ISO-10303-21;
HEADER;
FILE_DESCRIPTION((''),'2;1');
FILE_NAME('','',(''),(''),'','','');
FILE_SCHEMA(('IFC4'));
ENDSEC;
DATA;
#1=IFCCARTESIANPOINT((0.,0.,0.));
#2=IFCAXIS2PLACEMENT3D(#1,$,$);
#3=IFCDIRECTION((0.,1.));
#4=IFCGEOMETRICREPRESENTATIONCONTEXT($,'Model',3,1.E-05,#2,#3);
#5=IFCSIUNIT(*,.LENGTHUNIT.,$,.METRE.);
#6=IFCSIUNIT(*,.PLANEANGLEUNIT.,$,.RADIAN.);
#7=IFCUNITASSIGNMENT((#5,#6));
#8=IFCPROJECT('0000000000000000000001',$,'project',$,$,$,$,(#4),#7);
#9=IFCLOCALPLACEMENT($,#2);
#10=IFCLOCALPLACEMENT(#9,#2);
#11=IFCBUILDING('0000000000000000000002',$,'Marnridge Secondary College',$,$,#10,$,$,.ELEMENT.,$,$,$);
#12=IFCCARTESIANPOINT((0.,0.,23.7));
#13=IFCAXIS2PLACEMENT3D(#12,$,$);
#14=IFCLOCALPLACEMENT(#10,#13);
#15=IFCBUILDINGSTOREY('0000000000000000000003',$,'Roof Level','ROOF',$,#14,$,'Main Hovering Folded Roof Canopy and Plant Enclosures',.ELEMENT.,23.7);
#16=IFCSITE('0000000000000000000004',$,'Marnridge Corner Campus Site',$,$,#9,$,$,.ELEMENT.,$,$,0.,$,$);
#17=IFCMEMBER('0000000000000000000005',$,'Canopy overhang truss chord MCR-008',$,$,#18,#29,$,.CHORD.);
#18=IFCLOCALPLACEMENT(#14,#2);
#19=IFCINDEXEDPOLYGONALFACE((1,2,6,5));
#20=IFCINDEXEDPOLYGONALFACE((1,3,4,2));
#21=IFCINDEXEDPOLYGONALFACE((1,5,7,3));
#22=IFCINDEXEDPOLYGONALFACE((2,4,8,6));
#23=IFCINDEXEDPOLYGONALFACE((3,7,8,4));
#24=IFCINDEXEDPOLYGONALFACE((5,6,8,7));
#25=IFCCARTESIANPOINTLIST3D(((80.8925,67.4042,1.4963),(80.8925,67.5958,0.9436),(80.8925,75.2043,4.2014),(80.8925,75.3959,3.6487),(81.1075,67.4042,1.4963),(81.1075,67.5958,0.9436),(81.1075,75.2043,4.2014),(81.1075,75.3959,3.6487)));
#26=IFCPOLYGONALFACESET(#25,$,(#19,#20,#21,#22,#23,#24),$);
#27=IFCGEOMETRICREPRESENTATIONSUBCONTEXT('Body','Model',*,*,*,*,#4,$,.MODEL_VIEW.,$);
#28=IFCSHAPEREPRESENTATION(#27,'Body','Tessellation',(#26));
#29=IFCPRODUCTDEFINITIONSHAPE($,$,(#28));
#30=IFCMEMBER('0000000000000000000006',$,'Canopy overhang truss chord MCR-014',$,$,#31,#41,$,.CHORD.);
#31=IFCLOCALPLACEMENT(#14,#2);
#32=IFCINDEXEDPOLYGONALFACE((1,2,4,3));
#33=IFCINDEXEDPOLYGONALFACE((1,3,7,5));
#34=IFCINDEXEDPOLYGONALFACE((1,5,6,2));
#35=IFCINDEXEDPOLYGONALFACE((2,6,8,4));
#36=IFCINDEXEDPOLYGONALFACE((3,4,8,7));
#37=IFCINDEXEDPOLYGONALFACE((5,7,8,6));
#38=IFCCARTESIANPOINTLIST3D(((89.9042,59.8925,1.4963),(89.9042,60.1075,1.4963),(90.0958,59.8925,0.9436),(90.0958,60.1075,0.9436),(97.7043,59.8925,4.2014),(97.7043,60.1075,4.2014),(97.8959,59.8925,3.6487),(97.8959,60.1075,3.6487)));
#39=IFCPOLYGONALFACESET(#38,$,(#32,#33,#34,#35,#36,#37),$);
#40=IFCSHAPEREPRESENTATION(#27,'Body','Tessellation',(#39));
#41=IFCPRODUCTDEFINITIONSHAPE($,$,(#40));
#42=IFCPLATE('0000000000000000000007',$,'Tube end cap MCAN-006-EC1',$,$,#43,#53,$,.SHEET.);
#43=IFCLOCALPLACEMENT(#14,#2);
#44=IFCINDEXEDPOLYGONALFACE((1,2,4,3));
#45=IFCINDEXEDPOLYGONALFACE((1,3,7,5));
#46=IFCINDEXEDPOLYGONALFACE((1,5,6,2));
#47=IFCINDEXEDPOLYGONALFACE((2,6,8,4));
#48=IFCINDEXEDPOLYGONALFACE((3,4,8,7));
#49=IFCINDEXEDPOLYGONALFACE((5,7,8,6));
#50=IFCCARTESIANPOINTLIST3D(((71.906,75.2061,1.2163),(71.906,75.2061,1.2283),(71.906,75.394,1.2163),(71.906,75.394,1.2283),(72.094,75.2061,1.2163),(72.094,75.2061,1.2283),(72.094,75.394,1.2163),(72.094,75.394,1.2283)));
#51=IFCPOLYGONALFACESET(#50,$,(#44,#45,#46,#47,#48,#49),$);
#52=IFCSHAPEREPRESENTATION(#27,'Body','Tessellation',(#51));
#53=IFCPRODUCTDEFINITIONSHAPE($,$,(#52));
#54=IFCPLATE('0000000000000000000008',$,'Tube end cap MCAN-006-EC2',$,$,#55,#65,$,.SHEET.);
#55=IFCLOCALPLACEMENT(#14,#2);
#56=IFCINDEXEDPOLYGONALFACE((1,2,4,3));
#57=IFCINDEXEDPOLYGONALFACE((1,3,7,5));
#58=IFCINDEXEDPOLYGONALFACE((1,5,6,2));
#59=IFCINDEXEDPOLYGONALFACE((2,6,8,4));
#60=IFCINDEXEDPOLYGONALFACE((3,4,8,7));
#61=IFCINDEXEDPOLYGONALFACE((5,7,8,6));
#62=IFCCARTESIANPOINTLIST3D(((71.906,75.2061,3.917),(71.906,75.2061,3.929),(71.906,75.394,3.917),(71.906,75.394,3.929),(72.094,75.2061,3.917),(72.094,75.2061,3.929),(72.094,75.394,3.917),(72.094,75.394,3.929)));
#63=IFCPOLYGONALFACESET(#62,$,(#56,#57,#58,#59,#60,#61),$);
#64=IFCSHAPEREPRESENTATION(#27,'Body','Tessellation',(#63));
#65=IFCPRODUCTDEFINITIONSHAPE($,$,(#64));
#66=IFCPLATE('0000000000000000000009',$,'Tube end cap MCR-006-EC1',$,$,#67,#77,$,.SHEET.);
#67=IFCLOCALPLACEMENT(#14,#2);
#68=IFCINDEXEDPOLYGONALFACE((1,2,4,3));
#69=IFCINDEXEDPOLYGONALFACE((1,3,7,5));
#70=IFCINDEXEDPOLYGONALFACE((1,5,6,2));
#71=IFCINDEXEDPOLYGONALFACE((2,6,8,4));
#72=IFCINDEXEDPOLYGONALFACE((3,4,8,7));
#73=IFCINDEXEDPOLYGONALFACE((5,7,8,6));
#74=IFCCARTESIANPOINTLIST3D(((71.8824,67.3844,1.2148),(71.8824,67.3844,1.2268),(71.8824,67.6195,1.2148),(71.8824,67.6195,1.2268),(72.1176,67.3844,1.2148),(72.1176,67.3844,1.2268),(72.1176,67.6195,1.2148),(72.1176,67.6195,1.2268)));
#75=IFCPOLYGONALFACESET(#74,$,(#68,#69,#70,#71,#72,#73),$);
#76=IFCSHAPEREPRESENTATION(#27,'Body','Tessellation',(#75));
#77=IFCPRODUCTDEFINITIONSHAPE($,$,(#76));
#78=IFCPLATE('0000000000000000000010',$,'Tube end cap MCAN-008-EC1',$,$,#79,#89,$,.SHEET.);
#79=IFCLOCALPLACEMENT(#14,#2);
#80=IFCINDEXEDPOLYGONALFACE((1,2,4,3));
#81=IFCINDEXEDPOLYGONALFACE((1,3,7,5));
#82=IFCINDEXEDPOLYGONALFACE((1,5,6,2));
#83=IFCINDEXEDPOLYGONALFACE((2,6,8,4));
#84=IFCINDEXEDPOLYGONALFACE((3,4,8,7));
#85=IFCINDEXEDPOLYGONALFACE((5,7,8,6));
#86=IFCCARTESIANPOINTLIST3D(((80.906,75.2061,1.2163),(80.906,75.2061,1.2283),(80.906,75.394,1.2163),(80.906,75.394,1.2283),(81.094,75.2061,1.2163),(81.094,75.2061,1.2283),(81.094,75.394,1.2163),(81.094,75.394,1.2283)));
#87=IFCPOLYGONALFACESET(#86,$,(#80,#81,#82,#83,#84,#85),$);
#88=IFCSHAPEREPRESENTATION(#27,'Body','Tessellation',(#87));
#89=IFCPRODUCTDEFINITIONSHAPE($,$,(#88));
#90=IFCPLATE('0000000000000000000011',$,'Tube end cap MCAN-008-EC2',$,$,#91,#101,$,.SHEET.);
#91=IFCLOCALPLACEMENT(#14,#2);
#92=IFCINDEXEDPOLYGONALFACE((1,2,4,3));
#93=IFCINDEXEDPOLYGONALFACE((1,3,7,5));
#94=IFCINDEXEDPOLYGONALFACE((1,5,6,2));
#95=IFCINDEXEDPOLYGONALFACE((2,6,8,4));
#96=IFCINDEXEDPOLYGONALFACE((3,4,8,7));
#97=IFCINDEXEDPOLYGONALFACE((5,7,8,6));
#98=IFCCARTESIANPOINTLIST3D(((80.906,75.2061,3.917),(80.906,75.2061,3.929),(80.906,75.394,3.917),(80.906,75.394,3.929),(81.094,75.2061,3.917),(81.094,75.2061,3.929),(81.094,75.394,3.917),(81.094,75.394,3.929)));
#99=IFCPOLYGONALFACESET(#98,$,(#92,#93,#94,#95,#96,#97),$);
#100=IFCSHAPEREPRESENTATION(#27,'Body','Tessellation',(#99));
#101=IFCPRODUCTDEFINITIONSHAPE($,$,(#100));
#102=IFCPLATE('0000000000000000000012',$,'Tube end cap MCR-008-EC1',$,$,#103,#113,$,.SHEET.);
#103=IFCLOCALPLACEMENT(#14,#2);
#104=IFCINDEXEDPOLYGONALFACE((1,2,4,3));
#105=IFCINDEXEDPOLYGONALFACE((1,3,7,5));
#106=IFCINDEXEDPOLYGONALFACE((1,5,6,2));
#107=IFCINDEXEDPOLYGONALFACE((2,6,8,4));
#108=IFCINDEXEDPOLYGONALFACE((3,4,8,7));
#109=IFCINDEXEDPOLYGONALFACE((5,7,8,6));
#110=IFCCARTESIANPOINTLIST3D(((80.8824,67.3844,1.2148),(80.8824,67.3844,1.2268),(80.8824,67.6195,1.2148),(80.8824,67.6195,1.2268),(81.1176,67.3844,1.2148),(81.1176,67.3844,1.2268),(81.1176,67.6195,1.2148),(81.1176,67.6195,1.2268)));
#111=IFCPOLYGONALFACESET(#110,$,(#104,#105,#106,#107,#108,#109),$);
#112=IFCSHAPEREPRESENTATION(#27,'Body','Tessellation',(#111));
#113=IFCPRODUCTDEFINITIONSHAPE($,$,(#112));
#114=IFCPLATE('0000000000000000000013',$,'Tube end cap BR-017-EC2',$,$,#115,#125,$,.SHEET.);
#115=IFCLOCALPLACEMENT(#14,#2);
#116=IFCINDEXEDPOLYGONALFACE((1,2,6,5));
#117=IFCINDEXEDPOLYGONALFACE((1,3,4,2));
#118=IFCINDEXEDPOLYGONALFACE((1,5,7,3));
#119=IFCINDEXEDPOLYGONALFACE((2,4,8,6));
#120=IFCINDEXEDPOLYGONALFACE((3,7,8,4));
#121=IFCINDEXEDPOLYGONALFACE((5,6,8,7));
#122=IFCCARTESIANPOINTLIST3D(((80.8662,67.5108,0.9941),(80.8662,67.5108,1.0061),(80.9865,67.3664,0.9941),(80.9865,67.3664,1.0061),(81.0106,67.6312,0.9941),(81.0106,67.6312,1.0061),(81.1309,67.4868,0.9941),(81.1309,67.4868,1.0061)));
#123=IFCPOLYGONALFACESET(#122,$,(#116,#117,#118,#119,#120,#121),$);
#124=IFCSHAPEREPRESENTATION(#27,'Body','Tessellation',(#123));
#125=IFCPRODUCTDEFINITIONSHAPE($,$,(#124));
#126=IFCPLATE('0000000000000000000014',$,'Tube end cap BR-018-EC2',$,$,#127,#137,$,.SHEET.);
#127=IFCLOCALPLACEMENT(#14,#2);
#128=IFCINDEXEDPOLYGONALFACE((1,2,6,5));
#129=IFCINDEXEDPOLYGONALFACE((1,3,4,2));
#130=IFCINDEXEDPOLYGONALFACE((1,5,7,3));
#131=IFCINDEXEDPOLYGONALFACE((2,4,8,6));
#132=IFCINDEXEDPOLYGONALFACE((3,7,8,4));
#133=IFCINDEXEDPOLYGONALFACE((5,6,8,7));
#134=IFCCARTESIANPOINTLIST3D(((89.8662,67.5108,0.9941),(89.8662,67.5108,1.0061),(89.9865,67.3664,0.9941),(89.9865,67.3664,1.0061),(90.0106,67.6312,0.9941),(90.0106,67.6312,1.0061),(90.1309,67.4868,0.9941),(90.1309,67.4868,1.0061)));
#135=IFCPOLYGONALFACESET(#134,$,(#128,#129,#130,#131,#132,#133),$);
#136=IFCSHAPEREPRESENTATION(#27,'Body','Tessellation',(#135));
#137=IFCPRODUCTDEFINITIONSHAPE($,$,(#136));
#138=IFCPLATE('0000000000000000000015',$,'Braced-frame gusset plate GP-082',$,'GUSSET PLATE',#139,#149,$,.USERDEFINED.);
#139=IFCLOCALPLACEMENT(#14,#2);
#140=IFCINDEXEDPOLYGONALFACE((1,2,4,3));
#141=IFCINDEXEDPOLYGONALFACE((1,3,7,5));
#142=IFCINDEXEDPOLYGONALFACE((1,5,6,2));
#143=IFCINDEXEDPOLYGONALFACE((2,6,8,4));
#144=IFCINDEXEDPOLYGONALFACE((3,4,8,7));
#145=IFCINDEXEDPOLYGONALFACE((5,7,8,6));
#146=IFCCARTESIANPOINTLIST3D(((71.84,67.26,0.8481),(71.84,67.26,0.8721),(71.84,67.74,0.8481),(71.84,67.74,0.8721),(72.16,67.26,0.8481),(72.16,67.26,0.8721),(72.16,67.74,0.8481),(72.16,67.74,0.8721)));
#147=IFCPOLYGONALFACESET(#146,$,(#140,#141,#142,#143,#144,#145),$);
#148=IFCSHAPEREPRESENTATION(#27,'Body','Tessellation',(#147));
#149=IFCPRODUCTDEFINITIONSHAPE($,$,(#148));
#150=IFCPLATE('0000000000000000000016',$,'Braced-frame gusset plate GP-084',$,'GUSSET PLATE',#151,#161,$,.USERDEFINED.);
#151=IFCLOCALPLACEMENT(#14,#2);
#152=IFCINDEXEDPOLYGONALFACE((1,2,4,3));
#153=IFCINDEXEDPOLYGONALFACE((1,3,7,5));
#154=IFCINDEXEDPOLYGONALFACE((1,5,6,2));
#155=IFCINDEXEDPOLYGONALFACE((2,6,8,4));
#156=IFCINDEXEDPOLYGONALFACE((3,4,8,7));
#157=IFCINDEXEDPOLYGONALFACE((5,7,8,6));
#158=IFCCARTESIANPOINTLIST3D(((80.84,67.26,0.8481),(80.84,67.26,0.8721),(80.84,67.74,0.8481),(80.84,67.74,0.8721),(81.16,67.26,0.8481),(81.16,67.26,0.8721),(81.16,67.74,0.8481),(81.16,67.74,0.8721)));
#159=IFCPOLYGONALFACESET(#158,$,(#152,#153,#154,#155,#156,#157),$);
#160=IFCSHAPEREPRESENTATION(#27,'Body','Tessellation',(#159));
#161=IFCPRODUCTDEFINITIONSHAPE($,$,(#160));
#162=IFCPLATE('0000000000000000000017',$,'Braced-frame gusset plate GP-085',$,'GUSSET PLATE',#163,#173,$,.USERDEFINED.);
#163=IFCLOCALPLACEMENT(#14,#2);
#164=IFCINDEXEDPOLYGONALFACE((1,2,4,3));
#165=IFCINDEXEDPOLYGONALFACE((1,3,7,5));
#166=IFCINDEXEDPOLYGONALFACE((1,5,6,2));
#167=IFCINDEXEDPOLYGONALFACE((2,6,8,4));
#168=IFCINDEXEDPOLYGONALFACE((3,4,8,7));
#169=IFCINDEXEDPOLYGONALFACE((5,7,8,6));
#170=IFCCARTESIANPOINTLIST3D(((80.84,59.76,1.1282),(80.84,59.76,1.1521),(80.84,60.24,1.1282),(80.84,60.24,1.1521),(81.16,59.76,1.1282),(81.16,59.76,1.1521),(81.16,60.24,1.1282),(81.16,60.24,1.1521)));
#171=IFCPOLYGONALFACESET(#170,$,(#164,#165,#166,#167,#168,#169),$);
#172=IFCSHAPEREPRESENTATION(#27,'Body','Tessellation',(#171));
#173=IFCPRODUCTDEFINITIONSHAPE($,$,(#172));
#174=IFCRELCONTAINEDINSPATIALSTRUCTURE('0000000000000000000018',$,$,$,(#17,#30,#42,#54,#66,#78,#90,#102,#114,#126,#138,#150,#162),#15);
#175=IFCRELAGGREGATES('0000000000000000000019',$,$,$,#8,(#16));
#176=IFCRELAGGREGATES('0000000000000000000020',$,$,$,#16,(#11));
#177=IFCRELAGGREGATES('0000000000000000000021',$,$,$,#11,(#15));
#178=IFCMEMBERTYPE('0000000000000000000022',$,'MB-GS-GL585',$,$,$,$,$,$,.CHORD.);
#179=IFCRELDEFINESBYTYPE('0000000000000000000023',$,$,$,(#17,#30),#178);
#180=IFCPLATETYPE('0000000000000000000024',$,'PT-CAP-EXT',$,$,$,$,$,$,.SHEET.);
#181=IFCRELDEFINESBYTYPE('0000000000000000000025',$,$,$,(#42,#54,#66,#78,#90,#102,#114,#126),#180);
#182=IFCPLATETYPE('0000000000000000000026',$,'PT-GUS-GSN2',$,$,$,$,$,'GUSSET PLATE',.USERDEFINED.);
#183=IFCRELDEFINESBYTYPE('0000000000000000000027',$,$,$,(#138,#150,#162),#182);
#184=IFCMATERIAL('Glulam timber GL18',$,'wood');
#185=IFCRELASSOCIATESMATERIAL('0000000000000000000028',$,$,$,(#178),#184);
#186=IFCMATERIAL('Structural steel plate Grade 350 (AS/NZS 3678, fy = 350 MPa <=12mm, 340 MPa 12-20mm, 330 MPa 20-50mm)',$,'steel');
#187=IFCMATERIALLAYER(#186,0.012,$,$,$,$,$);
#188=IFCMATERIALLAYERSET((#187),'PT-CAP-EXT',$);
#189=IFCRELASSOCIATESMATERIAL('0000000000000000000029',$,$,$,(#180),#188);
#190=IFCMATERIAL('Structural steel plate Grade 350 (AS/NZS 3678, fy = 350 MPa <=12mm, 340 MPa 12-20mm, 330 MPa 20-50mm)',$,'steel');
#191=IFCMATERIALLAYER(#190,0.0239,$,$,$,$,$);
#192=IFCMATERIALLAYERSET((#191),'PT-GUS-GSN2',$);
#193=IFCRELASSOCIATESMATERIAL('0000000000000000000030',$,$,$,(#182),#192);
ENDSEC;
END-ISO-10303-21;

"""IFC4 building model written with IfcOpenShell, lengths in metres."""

from ifc_helpers import new_model, si_unit, direction, frame, origin, origin_2d, place, context, subcontext, project, spatial, rectangle, extrude, material, layer, layer_set, material_profile, profile_set, type_object, element, save


model = new_model("IFC4")

# Units and contexts
model_context = context("Model", 3, precision=1e-05, world=origin(), true_north=direction((0.0, 1.0)))
body_context = subcontext(model_context, "Body", "Model", "MODEL_VIEW")
ifc_project = project(units=[si_unit("LENGTHUNIT", "METRE"), si_unit("PLANEANGLEUNIT", "RADIAN")], contexts=[model_context])

# Site, building, storey
site_placement = place(None, origin())
site = spatial("IfcSite", under=ifc_project, at=site_placement, Name="Marnridge Corner Campus Site", CompositionType="ELEMENT", RefElevation=0.0)
building_placement = place(site_placement, origin())
building = spatial("IfcBuilding", under=site, at=building_placement, Name="Marnridge Secondary College", CompositionType="ELEMENT")
storey_placement = place(building_placement, frame((0.0, 0.0, 23.7)))
storey = spatial("IfcBuildingStorey", under=building, at=storey_placement, Name="Roof Level", Description="ROOF", LongName="Main Hovering Folded Roof Canopy and Plant Enclosures", CompositionType="ELEMENT", Elevation=23.7)

# Members
ifc_material_1 = material(Name="Glulam timber GL18", Category="wood")
ifc_material_profile_1 = material_profile(ifc_material_1, rectangle(XDim=0.2151, YDim=0.585, at=origin_2d()), Name="GL18 215x585")
ifc_profile_set_1 = profile_set([ifc_material_profile_1], Name="Glulam timber GL18")
member_type_1 = type_object("IfcMemberType", Name="MB-GS-GL585", PredefinedType="CHORD", material=ifc_profile_set_1)
for number, where, z_axis, x_axis, name in (
    (1, (81.0, 67.5, 1.22), (0.0, 0.944796, 0.327658), (-1.0, 0.0, 0.0), "Canopy overhang truss chord MCR-008"),
    (2, (90.0, 60.0, 1.22), (0.944796, 0.0, 0.327658), (0.0, 1.0, 0.0), "Canopy overhang truss chord MCR-014"),
):
    element("IfcMember", number, at=place(storey_placement, frame(where, z_axis=z_axis, x_axis=x_axis)), inside=storey, type_object=member_type_1, Name=name, PredefinedType="CHORD", context=body_context, shape_type="SweptSolid", body=[
        extrude(rectangle(XDim=0.2151, YDim=0.585, at=origin_2d()), origin(), (0.0, 0.0, 1.0), 8.2559),
    ])

# Plates
ifc_material_2 = material(Name="Structural steel plate Grade 350 (AS/NZS 3678, fy = 350 MPa <=12mm, 340 MPa 12-20mm, 330 MPa 20-50mm)", Category="steel")
ifc_layer_1 = layer(ifc_material_2, 0.012)
ifc_layer_set_1 = layer_set([ifc_layer_1], Name="PT-CAP-EXT")
plate_type_1 = type_object("IfcPlateType", Name="PT-CAP-EXT", PredefinedType="SHEET", material=ifc_layer_set_1)
for number, where, z_axis, x_axis, name in (
    (3, (72.0, 75.3, 1.2163), (0.0, 0.0, 1.0), (1.0, 0.0, 0.0), "Tube end cap MCAN-006-EC1"),
    (4, (72.0, 75.3, 3.917), (0.0, 0.0, 1.0), (1.0, 0.0, 0.0), "Tube end cap MCAN-006-EC2"),
):
    element("IfcPlate", number, at=place(storey_placement, frame(where, z_axis=z_axis, x_axis=x_axis)), inside=storey, type_object=plate_type_1, Name=name, PredefinedType="SHEET", context=body_context, shape_type="SweptSolid", body=[
        extrude(rectangle(XDim=0.188, YDim=0.188, at=origin_2d()), origin(), (0.0, 0.0, 1.0), 0.012),
    ])
plate_1_placement = place(storey_placement, frame((72.0, 67.502, 1.2148), z_axis=(0.0, 0.0, 1.0), x_axis=(0.0, 1.0, 0.0)))
element("IfcPlate", 5, at=plate_1_placement, inside=storey, type_object=plate_type_1, Name="Tube end cap MCR-006-EC1", PredefinedType="SHEET", context=body_context, shape_type="SweptSolid", body=[
    extrude(rectangle(XDim=0.2351, YDim=0.2351, at=origin_2d()), origin(), (0.0, 0.0, 1.0), 0.012),
])
for number, where, z_axis, x_axis, name in (
    (6, (81.0, 75.3, 1.2163), (0.0, 0.0, 1.0), (1.0, 0.0, 0.0), "Tube end cap MCAN-008-EC1"),
    (7, (81.0, 75.3, 3.917), (0.0, 0.0, 1.0), (1.0, 0.0, 0.0), "Tube end cap MCAN-008-EC2"),
):
    element("IfcPlate", number, at=place(storey_placement, frame(where, z_axis=z_axis, x_axis=x_axis)), inside=storey, type_object=plate_type_1, Name=name, PredefinedType="SHEET", context=body_context, shape_type="SweptSolid", body=[
        extrude(rectangle(XDim=0.188, YDim=0.188, at=origin_2d()), origin(), (0.0, 0.0, 1.0), 0.012),
    ])
plate_2_placement = place(storey_placement, frame((81.0, 67.502, 1.2148), z_axis=(0.0, 0.0, 1.0), x_axis=(0.0, 1.0, 0.0)))
element("IfcPlate", 8, at=plate_2_placement, inside=storey, type_object=plate_type_1, Name="Tube end cap MCR-008-EC1", PredefinedType="SHEET", context=body_context, shape_type="SweptSolid", body=[
    extrude(rectangle(XDim=0.2351, YDim=0.2351, at=origin_2d()), origin(), (0.0, 0.0, 1.0), 0.012),
])
for number, where, z_axis, x_axis, name in (
    (9, (80.9985, 67.4988, 0.9941), (0.0, 0.0, 1.0), (0.768172, 0.640244, 0.0), "Tube end cap BR-017-EC2"),
    (10, (89.9985, 67.4988, 0.9941), (0.0, 0.0, 1.0), (0.768172, 0.640244, 0.0), "Tube end cap BR-018-EC2"),
):
    element("IfcPlate", number, at=place(storey_placement, frame(where, z_axis=z_axis, x_axis=x_axis)), inside=storey, type_object=plate_type_1, Name=name, PredefinedType="SHEET", context=body_context, shape_type="SweptSolid", body=[
        extrude(rectangle(XDim=0.188, YDim=0.188, at=origin_2d()), origin(), (0.0, 0.0, 1.0), 0.012),
    ])
ifc_material_3 = material(Name="Structural steel plate Grade 350 (AS/NZS 3678, fy = 350 MPa <=12mm, 340 MPa 12-20mm, 330 MPa 20-50mm)", Category="steel")
ifc_layer_2 = layer(ifc_material_3, 0.0239)
ifc_layer_set_2 = layer_set([ifc_layer_2], Name="PT-GUS-GSN2")
plate_type_2 = type_object("IfcPlateType", Name="PT-GUS-GSN2", ElementType="GUSSET PLATE", PredefinedType="USERDEFINED", material=ifc_layer_set_2)
for number, where, z_axis, x_axis, name in (
    (11, (72.0, 67.5, 0.8481), (0.0, 0.0, 1.0), (0.0, 1.0, 0.0), "Braced-frame gusset plate GP-082"),
    (12, (81.0, 67.5, 0.8481), (0.0, 0.0, 1.0), (0.0, 1.0, 0.0), "Braced-frame gusset plate GP-084"),
    (13, (81.0, 60.0, 1.1282), (0.0, 0.0, 1.0), (0.0, 1.0, 0.0), "Braced-frame gusset plate GP-085"),
):
    element("IfcPlate", number, at=place(storey_placement, frame(where, z_axis=z_axis, x_axis=x_axis)), inside=storey, type_object=plate_type_2, Name=name, ObjectType="GUSSET PLATE", PredefinedType="USERDEFINED", context=body_context, shape_type="SweptSolid", body=[
        extrude(rectangle(XDim=0.48, YDim=0.3201, at=origin_2d()), origin(), (0.0, 0.0, 1.0), 0.0239),
    ])

save(model, "model.ifc")
